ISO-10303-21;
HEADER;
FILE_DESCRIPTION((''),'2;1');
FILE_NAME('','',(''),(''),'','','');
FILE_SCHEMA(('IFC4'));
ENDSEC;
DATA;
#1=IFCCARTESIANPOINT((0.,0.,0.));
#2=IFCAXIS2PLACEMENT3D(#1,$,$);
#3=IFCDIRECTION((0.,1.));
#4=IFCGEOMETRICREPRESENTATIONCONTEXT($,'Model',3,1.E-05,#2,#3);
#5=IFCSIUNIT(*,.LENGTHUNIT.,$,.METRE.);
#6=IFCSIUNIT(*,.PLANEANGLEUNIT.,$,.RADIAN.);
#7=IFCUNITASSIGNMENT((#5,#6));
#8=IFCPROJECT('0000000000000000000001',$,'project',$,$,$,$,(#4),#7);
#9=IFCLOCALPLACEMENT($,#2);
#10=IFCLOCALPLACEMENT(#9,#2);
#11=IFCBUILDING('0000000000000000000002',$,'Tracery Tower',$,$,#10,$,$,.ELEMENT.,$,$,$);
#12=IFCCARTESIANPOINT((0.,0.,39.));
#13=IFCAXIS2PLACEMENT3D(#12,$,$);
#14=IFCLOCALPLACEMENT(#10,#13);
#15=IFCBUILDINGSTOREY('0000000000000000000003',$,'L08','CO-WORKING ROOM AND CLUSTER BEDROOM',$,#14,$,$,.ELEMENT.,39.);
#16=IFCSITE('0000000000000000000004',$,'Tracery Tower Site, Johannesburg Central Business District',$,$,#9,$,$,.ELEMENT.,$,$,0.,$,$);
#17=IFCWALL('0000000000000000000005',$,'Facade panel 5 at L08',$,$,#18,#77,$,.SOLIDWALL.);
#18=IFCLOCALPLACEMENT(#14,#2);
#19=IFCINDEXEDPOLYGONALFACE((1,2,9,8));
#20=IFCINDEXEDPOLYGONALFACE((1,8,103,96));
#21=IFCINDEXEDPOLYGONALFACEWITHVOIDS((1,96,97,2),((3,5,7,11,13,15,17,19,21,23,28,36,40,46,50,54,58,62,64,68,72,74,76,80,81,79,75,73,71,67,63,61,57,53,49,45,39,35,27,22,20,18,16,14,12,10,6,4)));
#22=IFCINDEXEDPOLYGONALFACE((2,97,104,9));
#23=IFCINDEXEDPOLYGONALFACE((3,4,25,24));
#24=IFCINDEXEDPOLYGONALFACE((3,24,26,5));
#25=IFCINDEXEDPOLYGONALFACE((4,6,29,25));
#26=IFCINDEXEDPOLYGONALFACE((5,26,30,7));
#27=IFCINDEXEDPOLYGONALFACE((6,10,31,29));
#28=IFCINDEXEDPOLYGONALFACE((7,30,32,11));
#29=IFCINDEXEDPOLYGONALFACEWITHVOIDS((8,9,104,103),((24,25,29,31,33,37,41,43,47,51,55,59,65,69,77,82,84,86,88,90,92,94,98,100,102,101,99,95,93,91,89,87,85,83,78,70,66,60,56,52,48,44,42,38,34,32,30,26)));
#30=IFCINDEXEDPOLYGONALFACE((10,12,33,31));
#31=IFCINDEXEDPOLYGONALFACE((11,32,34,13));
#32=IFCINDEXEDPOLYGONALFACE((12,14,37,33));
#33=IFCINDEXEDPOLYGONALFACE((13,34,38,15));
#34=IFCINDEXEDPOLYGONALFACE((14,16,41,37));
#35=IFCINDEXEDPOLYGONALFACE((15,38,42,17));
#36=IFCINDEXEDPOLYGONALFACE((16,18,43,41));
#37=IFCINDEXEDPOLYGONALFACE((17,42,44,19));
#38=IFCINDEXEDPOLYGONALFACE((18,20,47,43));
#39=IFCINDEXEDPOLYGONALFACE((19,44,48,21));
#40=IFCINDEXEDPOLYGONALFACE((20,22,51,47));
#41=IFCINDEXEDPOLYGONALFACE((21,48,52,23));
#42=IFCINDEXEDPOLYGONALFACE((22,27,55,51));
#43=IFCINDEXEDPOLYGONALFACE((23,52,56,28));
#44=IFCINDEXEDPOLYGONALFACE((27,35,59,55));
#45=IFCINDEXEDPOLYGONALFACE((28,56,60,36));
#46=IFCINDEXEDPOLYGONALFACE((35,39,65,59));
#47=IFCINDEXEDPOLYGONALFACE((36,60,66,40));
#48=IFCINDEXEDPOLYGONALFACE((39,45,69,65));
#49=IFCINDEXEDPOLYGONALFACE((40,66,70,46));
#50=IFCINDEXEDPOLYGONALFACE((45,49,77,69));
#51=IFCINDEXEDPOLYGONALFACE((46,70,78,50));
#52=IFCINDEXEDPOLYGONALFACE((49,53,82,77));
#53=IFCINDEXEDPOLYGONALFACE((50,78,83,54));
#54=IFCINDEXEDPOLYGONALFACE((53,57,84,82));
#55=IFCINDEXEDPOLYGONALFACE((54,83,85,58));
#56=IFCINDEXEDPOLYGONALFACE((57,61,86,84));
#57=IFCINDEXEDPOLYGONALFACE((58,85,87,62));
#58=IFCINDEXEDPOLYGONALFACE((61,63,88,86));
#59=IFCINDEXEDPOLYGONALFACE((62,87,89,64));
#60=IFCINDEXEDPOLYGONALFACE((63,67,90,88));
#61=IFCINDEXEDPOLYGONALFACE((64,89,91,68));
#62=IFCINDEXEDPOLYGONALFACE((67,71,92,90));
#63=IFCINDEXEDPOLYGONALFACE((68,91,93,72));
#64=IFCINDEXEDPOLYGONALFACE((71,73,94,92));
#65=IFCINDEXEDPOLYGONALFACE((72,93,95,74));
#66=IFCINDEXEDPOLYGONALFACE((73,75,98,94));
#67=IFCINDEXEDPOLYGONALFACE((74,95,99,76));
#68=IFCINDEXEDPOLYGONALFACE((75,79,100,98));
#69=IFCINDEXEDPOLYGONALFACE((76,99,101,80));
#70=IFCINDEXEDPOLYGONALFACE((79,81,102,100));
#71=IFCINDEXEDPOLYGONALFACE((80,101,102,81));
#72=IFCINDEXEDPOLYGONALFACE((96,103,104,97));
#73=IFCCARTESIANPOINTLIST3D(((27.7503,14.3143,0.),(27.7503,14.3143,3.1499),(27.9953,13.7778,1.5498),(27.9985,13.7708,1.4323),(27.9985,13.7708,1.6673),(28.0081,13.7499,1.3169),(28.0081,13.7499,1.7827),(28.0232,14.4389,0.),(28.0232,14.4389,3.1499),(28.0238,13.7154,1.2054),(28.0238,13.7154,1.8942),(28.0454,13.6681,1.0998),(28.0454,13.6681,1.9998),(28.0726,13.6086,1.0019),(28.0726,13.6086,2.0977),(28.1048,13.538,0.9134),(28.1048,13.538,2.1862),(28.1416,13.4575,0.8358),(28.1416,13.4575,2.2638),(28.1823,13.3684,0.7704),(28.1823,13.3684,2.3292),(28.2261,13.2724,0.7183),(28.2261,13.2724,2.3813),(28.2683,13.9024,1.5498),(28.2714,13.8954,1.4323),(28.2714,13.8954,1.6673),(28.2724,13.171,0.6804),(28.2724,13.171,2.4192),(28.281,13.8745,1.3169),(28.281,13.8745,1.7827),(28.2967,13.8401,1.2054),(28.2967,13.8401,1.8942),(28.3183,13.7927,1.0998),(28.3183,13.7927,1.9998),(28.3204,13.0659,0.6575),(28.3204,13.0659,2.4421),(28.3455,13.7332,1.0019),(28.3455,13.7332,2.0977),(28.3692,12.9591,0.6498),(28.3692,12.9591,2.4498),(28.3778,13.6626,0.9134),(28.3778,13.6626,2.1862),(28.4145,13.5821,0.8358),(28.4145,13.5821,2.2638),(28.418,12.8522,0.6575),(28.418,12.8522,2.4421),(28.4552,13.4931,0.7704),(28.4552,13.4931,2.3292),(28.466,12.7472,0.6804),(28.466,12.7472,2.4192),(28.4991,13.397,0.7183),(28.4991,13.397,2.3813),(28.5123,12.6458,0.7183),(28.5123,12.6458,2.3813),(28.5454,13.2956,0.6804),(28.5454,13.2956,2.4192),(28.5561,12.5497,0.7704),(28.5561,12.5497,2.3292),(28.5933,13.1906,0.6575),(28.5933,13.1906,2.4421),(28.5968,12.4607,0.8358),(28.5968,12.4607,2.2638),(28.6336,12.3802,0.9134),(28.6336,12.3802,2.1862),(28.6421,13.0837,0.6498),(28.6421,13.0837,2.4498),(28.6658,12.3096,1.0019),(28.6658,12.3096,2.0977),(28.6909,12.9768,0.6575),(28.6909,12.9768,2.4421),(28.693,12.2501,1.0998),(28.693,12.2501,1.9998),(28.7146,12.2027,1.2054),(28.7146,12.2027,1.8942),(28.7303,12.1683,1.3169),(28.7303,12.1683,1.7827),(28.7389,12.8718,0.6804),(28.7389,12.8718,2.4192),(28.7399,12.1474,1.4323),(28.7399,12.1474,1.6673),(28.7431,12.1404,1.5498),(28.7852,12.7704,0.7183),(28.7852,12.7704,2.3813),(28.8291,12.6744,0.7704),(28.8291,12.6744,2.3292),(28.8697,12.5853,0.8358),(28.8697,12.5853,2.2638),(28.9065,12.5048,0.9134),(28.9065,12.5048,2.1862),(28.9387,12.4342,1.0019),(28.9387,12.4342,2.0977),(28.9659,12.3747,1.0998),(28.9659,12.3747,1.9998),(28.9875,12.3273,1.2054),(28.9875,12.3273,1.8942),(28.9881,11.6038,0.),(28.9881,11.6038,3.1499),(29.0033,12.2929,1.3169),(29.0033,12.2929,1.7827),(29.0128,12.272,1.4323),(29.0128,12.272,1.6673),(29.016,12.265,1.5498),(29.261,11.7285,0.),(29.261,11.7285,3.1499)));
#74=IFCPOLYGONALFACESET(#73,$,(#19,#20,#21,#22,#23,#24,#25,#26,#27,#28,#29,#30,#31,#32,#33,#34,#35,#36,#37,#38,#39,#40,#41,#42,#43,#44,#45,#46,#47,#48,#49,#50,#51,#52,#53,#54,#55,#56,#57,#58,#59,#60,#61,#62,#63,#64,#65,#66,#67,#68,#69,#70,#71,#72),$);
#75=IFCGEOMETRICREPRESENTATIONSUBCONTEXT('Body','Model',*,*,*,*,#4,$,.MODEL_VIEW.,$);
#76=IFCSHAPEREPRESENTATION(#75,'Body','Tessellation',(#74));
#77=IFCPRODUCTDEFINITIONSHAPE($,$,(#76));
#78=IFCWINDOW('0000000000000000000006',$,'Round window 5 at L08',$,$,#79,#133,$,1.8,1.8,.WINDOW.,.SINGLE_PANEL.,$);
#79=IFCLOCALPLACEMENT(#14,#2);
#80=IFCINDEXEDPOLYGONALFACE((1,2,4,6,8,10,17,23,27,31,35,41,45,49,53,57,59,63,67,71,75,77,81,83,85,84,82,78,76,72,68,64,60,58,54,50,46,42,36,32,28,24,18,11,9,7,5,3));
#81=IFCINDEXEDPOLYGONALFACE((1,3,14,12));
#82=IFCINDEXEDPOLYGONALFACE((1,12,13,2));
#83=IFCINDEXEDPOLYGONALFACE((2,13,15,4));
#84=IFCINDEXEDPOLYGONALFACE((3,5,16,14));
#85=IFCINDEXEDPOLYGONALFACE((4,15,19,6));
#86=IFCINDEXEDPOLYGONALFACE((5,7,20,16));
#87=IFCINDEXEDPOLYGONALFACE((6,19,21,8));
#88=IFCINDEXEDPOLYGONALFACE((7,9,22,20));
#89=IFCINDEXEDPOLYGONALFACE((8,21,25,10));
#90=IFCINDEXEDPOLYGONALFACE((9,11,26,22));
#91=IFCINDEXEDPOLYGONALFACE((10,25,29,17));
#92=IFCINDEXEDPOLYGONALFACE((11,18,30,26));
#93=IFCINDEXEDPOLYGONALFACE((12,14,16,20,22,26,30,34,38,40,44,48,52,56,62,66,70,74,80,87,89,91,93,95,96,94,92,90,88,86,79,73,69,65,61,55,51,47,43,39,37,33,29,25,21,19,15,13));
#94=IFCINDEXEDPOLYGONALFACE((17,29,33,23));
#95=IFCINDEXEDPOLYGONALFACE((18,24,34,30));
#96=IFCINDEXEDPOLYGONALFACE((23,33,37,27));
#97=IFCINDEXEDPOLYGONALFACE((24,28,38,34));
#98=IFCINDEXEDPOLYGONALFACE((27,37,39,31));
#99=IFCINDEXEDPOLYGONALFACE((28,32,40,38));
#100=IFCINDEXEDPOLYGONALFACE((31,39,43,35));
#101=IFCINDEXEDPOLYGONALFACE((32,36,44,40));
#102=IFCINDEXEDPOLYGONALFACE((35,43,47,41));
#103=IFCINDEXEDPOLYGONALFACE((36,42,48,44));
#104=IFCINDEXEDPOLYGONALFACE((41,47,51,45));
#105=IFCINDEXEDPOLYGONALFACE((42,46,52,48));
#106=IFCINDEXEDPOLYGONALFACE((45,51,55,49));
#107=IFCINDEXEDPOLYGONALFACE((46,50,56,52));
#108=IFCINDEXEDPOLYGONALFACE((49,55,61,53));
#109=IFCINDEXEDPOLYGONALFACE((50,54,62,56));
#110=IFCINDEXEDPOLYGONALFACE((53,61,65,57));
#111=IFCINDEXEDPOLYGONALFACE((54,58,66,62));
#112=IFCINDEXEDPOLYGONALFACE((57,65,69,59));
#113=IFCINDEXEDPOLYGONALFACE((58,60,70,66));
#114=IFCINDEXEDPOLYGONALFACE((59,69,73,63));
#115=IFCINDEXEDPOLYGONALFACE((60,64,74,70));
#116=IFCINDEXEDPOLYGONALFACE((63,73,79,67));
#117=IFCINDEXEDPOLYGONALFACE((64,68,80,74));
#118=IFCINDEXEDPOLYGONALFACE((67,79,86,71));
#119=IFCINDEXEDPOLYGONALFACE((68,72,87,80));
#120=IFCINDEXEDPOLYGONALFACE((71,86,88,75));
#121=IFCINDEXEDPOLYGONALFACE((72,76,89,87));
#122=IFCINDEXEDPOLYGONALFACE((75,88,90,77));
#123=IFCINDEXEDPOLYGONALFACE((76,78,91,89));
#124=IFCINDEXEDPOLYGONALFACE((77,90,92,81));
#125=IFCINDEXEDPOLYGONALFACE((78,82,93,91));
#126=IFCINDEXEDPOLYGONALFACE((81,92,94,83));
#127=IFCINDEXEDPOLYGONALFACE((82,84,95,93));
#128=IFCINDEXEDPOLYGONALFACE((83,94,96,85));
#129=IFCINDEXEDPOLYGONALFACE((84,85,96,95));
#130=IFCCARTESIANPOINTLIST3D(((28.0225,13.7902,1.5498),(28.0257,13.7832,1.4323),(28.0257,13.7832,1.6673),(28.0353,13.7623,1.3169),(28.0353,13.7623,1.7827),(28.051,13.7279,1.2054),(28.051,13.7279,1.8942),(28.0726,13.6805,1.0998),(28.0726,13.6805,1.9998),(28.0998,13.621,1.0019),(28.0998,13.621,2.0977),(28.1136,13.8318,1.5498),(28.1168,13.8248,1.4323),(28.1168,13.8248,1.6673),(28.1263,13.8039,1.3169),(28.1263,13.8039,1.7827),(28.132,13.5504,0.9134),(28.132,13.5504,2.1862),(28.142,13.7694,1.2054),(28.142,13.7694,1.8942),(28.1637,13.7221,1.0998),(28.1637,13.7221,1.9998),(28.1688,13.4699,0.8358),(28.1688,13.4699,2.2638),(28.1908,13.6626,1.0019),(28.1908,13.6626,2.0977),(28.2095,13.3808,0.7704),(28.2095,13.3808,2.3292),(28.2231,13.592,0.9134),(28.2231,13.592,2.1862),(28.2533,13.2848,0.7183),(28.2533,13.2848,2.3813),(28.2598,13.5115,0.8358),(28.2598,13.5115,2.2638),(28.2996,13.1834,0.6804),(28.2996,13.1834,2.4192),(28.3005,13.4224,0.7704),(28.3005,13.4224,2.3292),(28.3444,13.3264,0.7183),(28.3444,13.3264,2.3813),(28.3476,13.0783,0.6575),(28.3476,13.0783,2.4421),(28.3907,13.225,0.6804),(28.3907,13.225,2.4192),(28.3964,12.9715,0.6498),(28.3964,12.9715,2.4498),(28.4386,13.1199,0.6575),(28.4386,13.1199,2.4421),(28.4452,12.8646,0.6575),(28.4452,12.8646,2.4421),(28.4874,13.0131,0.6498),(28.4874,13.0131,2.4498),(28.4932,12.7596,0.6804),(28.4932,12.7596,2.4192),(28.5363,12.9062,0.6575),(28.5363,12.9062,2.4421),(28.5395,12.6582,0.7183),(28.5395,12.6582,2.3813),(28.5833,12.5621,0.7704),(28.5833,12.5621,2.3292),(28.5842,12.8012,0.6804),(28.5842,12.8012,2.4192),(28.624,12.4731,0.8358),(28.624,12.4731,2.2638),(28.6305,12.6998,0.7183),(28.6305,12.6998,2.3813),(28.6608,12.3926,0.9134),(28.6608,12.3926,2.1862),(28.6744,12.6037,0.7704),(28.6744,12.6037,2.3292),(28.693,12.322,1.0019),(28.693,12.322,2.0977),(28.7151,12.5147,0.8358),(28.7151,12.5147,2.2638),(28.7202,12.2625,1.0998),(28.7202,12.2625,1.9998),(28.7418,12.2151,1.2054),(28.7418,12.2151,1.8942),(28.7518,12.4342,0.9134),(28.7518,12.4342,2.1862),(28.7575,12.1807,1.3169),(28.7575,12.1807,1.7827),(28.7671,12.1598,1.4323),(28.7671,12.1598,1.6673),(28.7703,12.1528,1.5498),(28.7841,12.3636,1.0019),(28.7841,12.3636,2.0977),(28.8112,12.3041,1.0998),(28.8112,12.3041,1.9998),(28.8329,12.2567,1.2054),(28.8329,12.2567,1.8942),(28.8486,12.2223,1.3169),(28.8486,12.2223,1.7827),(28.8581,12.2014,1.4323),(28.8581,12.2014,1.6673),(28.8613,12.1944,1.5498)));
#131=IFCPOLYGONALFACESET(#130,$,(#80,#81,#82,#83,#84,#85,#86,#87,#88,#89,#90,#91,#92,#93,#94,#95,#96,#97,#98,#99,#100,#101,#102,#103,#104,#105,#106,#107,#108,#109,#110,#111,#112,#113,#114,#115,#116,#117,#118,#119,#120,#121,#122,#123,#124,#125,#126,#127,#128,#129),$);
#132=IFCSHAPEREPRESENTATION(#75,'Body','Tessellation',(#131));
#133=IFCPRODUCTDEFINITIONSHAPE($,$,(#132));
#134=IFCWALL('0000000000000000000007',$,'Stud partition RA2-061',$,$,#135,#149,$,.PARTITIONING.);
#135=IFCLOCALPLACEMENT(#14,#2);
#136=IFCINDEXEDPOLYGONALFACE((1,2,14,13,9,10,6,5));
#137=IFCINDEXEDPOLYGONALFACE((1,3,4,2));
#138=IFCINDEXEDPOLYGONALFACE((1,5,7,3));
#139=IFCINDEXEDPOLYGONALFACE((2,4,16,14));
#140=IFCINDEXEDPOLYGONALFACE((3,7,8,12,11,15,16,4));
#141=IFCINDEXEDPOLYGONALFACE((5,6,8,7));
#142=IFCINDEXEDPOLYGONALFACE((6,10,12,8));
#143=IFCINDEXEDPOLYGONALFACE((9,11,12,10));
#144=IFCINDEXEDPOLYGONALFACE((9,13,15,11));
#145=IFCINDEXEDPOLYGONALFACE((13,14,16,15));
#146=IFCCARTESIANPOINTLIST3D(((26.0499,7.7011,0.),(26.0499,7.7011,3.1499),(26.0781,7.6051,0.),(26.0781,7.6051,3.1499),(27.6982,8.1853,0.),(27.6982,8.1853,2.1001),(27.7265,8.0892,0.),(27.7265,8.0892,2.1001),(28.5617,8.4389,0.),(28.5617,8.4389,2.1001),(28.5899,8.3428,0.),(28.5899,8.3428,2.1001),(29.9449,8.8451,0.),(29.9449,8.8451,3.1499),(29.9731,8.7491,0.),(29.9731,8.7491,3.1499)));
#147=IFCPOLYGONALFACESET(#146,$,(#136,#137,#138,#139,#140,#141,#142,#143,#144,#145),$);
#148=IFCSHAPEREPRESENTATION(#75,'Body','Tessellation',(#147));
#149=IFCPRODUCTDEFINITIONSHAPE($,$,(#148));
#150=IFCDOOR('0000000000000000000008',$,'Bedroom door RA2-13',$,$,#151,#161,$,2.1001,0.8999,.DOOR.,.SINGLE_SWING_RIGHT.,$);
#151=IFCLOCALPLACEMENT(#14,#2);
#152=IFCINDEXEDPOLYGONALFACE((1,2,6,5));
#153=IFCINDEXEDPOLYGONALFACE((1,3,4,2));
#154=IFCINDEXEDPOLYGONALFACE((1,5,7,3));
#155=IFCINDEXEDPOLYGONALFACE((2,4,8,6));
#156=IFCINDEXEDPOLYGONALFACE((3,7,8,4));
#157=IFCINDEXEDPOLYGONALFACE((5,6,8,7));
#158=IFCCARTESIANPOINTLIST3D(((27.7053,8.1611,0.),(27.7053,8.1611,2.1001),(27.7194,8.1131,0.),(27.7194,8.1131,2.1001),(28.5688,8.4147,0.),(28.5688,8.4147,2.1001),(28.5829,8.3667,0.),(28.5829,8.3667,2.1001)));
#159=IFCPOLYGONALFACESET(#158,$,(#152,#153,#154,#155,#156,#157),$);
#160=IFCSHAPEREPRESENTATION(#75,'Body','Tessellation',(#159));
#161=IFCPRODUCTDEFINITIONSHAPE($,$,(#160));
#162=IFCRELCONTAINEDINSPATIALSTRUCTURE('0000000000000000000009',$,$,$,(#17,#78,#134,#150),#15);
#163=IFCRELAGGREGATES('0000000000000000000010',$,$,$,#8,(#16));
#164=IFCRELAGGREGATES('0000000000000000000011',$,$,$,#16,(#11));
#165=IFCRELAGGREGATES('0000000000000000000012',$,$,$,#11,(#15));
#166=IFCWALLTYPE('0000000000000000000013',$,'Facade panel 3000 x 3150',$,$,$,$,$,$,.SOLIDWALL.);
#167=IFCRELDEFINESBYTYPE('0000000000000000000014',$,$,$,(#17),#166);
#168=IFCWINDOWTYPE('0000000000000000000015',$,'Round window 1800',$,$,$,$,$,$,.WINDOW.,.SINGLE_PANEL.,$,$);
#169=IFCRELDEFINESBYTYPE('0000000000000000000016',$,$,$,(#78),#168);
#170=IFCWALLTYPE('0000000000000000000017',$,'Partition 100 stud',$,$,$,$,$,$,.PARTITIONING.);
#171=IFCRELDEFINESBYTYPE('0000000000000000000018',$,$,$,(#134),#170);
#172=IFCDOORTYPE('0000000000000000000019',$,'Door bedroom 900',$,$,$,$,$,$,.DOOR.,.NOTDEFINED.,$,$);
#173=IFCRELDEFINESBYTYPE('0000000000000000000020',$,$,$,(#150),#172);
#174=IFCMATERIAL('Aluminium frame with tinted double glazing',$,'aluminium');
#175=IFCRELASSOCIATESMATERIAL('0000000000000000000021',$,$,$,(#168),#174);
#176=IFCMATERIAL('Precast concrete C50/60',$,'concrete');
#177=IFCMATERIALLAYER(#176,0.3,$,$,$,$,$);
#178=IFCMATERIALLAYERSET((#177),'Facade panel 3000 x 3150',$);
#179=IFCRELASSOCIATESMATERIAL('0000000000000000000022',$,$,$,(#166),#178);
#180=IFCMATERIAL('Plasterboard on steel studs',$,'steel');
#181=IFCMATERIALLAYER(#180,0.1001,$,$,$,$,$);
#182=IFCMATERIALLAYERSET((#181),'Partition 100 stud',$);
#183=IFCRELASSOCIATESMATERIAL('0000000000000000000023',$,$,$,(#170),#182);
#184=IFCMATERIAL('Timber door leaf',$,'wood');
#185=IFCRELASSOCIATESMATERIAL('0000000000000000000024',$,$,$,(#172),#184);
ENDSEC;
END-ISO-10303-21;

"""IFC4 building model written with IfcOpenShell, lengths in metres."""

from ifc_helpers import new_model, si_unit, direction, frame, frame_2d, origin, origin_2d, place, context, subcontext, project, spatial, rectangle, circle, extrude, material, layer, layer_set, type_object, element, fill, save


model = new_model("IFC4")

# Units and contexts
model_context = context("Model", 3, precision=1e-05, world=origin(), true_north=direction((0.0, 1.0)))
body_context = subcontext(model_context, "Body", "Model", "MODEL_VIEW")
ifc_project = project(units=[si_unit("LENGTHUNIT", "METRE"), si_unit("PLANEANGLEUNIT", "RADIAN")], contexts=[model_context])

# Site, building, storey
site_placement = place(None, origin())
site = spatial("IfcSite", under=ifc_project, at=site_placement, Name="Tracery Tower Site, Johannesburg Central Business District", CompositionType="ELEMENT", RefElevation=0.0)
building_placement = place(site_placement, origin())
building = spatial("IfcBuilding", under=site, at=building_placement, Name="Tracery Tower", CompositionType="ELEMENT")
storey_placement = place(building_placement, frame((0.0, 0.0, 39.0)))
storey = spatial("IfcBuildingStorey", under=building, at=storey_placement, Name="L08", Description="CO-WORKING ROOM AND CLUSTER BEDROOM", CompositionType="ELEMENT", Elevation=39.0)

# Wall, opening, window
ifc_material_1 = material(Name="Aluminium frame with tinted double glazing", Category="aluminium")
window_type = type_object("IfcWindowType", Name="Round window 1800", PartitioningType="SINGLE_PANEL", PredefinedType="WINDOW", material=ifc_material_1)
ifc_material_2 = material(Name="Precast concrete C50/60", Category="concrete")
ifc_layer_1 = layer(ifc_material_2, 0.3)
ifc_layer_set_1 = layer_set([ifc_layer_1], Name="Facade panel 3000 x 3150")
wall_type_1 = type_object("IfcWallType", Name="Facade panel 3000 x 3150", PredefinedType="SOLIDWALL", material=ifc_layer_set_1)
wall_1_placement = place(storey_placement, frame((29.1245, 11.6663, 0.0), z_axis=(0.0, 0.0, 1.0), x_axis=(-0.415407, 0.909636, 0.0)))
wall_1 = element("IfcWall", 1, at=wall_1_placement, inside=storey, type_object=wall_type_1, Name="Facade panel 5 at L08", PredefinedType="SOLIDWALL", context=body_context, shape_type="SweptSolid", body=[
    extrude(rectangle(XDim=2.9797, YDim=0.3, at=frame_2d((1.4897, 0.0))), origin(), (0.0, 0.0, 1.0), 3.1499),
])
opening_1_placement = place(wall_1_placement, frame((1.4897, 0.0, 1.5498)))
opening_1 = element("IfcOpeningElement", 2, at=opening_1_placement, cuts=wall_1, PredefinedType="OPENING", context=body_context, shape_type="SweptSolid", body=[
    extrude(circle(Radius=0.9, at=origin_2d()), frame((0.0, 0.1599, 0.0), z_axis=(0.0, -1.0, 0.0), x_axis=(1.0, 0.0, 0.0)), (0.0, 0.0, 1.0), 0.3201),
])
window_1_placement = place(opening_1_placement, origin())
window_1 = element("IfcWindow", 3, at=window_1_placement, inside=storey, type_object=window_type, Name="Round window 5 at L08", OverallHeight=1.8, OverallWidth=1.8, PartitioningType="SINGLE_PANEL", PredefinedType="WINDOW", context=body_context, shape_type="SweptSolid", body=[
    extrude(circle(Radius=0.9, at=origin_2d()), frame((0.0, 0.1201, 0.0), z_axis=(0.0, -1.0, 0.0), x_axis=(1.0, 0.0, 0.0)), (0.0, 0.0, 1.0), 0.1001),
])
fill(opening_1, window_1)

# Wall, opening, door
ifc_material_3 = material(Name="Plasterboard on steel studs", Category="steel")
ifc_layer_2 = layer(ifc_material_3, 0.1001)
ifc_layer_set_2 = layer_set([ifc_layer_2], Name="Partition 100 stud")
wall_type_2 = type_object("IfcWallType", Name="Partition 100 stud", PredefinedType="PARTITIONING", material=ifc_layer_set_2)
wall_2_placement = place(storey_placement, frame((26.064, 7.6531, 0.0), z_axis=(0.0, 0.0, 1.0), x_axis=(0.959469, 0.281815, 0.0)))
wall_2 = element("IfcWall", 4, at=wall_2_placement, inside=storey, type_object=wall_type_2, Name="Stud partition RA2-061", PredefinedType="PARTITIONING", context=body_context, shape_type="SweptSolid", body=[
    extrude(rectangle(XDim=4.0596, YDim=0.1001, at=frame_2d((2.0298, 0.0))), origin(), (0.0, 0.0, 1.0), 3.1499),
])
opening_2_placement = place(wall_2_placement, frame((1.718, 0.0, 0.0)))
opening_2 = element("IfcOpeningElement", 5, at=opening_2_placement, cuts=wall_2, PredefinedType="OPENING", context=body_context, shape_type="SweptSolid", body=[
    extrude(rectangle(XDim=0.8999, YDim=2.1001, at=frame_2d((0.45, 1.05))), frame((0.0, 0.05, 0.0), z_axis=(0.0, -1.0, 0.0), x_axis=(1.0, 0.0, 0.0)), (0.0, 0.0, 1.0), 0.1001),
])
ifc_material_4 = material(Name="Timber door leaf", Category="wood")
door_type_1 = type_object("IfcDoorType", Name="Door bedroom 900", OperationType="NOTDEFINED", PredefinedType="DOOR", material=ifc_material_4)
door_1_placement = place(opening_2_placement, origin())
door_1 = element("IfcDoor", 6, at=door_1_placement, inside=storey, type_object=door_type_1, Name="Bedroom door RA2-13", OperationType="SINGLE_SWING_RIGHT", OverallHeight=2.1001, OverallWidth=0.8999, PredefinedType="DOOR", context=body_context, shape_type="SweptSolid", body=[
    extrude(rectangle(XDim=0.8999, YDim=2.1001, at=frame_2d((0.45, 1.05))), frame((0.0, 0.0249, 0.0), z_axis=(0.0, -1.0, 0.0), x_axis=(1.0, 0.0, 0.0)), (0.0, 0.0, 1.0), 0.05),
])
fill(opening_2, door_1)

save(model, "model.ifc")
